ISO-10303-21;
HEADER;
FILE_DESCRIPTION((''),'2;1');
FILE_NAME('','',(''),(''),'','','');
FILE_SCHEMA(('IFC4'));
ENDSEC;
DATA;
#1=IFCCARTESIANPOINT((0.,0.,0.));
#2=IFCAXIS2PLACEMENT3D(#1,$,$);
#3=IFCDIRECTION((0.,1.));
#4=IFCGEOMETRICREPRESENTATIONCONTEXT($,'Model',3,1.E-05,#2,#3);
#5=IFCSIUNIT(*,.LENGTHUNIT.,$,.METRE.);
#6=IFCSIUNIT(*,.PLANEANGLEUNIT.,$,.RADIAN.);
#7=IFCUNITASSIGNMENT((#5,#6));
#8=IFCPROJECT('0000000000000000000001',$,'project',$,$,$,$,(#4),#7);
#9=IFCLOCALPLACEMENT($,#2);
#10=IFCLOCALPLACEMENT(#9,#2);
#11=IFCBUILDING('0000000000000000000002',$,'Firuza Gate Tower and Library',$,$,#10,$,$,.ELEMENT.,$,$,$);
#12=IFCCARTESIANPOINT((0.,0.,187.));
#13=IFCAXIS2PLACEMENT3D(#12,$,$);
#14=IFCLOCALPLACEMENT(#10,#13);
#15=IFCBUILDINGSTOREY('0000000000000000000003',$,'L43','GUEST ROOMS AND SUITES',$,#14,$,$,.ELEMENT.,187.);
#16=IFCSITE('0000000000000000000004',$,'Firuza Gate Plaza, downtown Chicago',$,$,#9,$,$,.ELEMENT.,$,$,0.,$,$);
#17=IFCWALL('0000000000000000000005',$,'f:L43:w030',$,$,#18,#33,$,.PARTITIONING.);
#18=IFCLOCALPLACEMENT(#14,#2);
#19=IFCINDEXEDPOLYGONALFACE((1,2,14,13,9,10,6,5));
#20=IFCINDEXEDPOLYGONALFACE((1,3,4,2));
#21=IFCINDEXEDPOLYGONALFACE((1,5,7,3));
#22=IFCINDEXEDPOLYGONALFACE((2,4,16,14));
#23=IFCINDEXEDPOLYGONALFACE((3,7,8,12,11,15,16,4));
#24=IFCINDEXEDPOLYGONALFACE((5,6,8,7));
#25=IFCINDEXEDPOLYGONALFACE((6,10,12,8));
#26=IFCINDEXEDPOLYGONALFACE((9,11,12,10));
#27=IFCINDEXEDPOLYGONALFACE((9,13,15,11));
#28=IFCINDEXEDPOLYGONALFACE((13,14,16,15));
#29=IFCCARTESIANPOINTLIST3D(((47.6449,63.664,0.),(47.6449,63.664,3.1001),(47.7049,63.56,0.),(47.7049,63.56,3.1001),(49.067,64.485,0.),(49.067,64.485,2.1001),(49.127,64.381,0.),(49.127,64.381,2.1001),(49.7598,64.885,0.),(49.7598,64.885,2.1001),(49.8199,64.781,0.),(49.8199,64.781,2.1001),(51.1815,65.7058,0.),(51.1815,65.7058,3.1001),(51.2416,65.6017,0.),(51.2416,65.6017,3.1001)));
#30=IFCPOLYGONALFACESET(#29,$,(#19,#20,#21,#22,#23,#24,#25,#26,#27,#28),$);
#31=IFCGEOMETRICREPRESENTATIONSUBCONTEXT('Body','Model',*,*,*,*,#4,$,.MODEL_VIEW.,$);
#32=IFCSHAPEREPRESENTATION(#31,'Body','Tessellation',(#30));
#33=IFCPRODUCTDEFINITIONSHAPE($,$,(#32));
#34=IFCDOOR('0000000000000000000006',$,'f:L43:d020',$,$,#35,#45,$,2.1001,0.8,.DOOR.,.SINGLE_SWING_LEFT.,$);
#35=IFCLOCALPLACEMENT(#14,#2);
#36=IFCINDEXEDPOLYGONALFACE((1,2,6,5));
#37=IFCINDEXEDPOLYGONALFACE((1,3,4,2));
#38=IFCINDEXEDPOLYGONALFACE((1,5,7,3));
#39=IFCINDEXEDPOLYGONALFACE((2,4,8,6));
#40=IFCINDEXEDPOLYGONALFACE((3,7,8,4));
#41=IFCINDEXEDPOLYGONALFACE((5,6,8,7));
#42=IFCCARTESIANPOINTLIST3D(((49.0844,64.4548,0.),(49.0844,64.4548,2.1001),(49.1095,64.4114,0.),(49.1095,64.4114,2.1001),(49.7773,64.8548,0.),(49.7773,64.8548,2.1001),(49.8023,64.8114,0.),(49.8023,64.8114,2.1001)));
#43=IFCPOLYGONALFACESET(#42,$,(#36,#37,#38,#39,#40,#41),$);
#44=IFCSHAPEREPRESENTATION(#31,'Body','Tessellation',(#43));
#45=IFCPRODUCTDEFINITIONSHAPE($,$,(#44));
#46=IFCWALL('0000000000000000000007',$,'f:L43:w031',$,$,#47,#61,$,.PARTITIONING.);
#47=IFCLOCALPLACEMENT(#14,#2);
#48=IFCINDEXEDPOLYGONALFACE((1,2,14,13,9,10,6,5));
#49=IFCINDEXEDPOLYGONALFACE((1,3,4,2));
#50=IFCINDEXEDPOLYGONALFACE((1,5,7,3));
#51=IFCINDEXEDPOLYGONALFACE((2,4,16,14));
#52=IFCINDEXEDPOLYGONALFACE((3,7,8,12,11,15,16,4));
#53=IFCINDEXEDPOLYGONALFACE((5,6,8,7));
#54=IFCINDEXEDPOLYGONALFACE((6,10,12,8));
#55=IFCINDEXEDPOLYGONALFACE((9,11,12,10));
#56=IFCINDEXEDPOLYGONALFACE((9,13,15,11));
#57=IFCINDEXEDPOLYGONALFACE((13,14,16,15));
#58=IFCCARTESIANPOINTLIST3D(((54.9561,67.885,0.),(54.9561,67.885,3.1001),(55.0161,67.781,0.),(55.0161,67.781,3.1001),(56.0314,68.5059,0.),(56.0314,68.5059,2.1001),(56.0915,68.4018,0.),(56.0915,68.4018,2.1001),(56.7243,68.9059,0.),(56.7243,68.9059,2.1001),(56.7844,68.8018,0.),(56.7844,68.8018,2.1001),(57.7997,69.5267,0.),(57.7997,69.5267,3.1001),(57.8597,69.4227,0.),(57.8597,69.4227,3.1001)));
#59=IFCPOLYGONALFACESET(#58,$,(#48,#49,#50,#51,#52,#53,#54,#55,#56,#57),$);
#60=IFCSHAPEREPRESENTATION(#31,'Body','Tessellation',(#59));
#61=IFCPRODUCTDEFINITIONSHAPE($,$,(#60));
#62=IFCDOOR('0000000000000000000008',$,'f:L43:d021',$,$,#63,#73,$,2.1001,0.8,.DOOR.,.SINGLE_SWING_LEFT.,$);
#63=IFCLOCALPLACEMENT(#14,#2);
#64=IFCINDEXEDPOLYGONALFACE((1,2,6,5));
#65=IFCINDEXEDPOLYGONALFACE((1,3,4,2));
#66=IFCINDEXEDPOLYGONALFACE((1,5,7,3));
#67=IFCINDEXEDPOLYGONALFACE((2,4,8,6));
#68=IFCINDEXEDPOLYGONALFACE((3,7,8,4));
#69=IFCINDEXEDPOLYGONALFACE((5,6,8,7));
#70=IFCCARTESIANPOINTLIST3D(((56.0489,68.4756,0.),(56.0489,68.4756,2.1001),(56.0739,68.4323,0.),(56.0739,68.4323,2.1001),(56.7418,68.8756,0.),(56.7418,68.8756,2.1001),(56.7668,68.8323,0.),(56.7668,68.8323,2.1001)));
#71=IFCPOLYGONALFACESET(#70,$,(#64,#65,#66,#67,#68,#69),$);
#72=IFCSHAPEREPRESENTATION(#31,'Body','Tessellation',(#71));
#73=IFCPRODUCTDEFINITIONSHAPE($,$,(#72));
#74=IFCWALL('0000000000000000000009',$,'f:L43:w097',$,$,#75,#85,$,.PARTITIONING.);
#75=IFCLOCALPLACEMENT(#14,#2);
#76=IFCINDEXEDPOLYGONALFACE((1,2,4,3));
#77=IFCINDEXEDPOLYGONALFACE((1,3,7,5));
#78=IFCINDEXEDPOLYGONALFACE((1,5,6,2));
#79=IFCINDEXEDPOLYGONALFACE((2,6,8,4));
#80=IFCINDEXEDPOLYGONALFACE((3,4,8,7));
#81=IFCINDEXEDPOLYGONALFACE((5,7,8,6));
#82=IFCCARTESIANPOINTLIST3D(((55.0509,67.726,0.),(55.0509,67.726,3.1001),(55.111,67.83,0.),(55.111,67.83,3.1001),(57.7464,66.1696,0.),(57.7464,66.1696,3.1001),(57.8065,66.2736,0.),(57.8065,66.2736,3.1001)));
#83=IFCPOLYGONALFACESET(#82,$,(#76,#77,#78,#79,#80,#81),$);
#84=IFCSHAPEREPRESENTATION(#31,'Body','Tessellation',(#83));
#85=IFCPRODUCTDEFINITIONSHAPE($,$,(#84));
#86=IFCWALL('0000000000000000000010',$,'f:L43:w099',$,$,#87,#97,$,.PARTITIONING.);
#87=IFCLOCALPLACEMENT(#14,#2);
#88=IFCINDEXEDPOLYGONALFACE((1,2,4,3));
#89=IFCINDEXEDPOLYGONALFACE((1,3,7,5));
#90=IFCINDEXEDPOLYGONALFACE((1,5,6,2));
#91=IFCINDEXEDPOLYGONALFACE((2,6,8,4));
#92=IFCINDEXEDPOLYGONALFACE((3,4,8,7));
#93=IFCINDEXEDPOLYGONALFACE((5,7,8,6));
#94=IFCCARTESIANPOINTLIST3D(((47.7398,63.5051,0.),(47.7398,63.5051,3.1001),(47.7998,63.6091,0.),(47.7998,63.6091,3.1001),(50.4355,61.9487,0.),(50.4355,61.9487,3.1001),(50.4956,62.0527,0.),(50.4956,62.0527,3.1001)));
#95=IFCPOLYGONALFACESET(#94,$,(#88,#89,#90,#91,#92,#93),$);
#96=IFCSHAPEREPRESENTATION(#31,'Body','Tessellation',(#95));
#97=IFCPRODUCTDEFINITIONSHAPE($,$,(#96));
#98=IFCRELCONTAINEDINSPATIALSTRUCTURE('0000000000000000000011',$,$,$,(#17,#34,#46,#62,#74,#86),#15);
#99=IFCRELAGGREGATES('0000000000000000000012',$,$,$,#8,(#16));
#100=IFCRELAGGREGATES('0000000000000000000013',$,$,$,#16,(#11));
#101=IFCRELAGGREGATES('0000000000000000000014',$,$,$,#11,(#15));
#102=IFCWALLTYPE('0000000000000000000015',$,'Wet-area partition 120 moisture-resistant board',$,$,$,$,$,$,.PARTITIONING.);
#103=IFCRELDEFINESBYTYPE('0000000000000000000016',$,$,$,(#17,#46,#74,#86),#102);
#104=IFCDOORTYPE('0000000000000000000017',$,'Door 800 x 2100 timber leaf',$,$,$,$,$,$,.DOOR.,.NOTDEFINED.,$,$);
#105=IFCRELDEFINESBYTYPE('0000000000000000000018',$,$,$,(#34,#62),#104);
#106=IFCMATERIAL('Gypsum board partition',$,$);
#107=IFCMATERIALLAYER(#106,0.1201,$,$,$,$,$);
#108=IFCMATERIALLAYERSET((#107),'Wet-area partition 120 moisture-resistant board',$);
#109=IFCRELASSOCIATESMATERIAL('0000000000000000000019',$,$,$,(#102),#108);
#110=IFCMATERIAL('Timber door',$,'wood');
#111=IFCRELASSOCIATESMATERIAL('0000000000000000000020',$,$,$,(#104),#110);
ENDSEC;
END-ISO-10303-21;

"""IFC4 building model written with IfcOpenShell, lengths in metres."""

from ifc_helpers import new_model, si_unit, direction, frame, frame_2d, origin, place, context, subcontext, project, spatial, rectangle, extrude, material, layer, layer_set, type_object, element, fill, save


model = new_model("IFC4")

# Units and contexts
model_context = context("Model", 3, precision=1e-05, world=origin(), true_north=direction((0.0, 1.0)))
body_context = subcontext(model_context, "Body", "Model", "MODEL_VIEW")
ifc_project = project(units=[si_unit("LENGTHUNIT", "METRE"), si_unit("PLANEANGLEUNIT", "RADIAN")], contexts=[model_context])

# Site, building, storey
site_placement = place(None, origin())
site = spatial("IfcSite", under=ifc_project, at=site_placement, Name="Firuza Gate Plaza, downtown Chicago", CompositionType="ELEMENT", RefElevation=0.0)
building_placement = place(site_placement, origin())
building = spatial("IfcBuilding", under=site, at=building_placement, Name="Firuza Gate Tower and Library", CompositionType="ELEMENT")
storey_placement = place(building_placement, frame((0.0, 0.0, 187.0)))
storey = spatial("IfcBuildingStorey", under=building, at=storey_placement, Name="L43", Description="GUEST ROOMS AND SUITES", CompositionType="ELEMENT", Elevation=187.0)

# Walls, openings, doors
ifc_material_1 = material(Name="Gypsum board partition")
ifc_layer_1 = layer(ifc_material_1, 0.1201)
ifc_layer_set_1 = layer_set([ifc_layer_1], Name="Wet-area partition 120 moisture-resistant board")
wall_type_1 = type_object("IfcWallType", Name="Wet-area partition 120 moisture-resistant board", PredefinedType="PARTITIONING", material=ifc_layer_set_1)
ifc_material_2 = material(Name="Timber door", Category="wood")
door_type = type_object("IfcDoorType", Name="Door 800 x 2100 timber leaf", OperationType="NOTDEFINED", PredefinedType="DOOR", material=ifc_material_2)
wall_1_placement = place(storey_placement, frame((51.2117, 65.6538, 0.0), z_axis=(0.0, 0.0, 1.0), x_axis=(-0.866038, -0.499978, 0.0)))
wall_1 = element("IfcWall", 1, at=wall_1_placement, inside=storey, type_object=wall_type_1, Name="f:L43:w030", PredefinedType="PARTITIONING", context=body_context, shape_type="SweptSolid", body=[
    extrude(rectangle(XDim=4.0837, YDim=0.1201, at=frame_2d((2.042, 0.0))), origin(), (0.0, 0.0, 1.0), 3.1001),
])
opening_1_placement = place(wall_1_placement, frame((1.6418, 0.0, 0.0)))
opening_1 = element("IfcOpeningElement", 2, at=opening_1_placement, cuts=wall_1, PredefinedType="OPENING", context=body_context, shape_type="SweptSolid", body=[
    extrude(rectangle(XDim=0.8, YDim=2.1001, at=frame_2d((0.3999, 1.05))), frame((0.0, 0.0701, 0.0), z_axis=(0.0, -1.0, 0.0), x_axis=(1.0, 0.0, 0.0)), (0.0, 0.0, 1.0), 0.1401),
])
door_1_placement = place(opening_1_placement, origin())
door_1 = element("IfcDoor", 3, at=door_1_placement, inside=storey, type_object=door_type, Name="f:L43:d020", OperationType="SINGLE_SWING_LEFT", OverallHeight=2.1001, OverallWidth=0.8, PredefinedType="DOOR", context=body_context, shape_type="SweptSolid", body=[
    extrude(rectangle(XDim=0.8, YDim=2.1001, at=frame_2d((0.3999, 1.05))), frame((0.0, 0.0249, 0.0), z_axis=(0.0, -1.0, 0.0), x_axis=(1.0, 0.0, 0.0)), (0.0, 0.0, 1.0), 0.05),
])
fill(opening_1, door_1)
wall_2_placement = place(storey_placement, frame((57.8296, 69.4746, 0.0), z_axis=(0.0, 0.0, 1.0), x_axis=(-0.866038, -0.499978, 0.0)))
wall_2 = element("IfcWall", 4, at=wall_2_placement, inside=storey, type_object=wall_type_1, Name="f:L43:w031", PredefinedType="PARTITIONING", context=body_context, shape_type="SweptSolid", body=[
    extrude(rectangle(XDim=3.2834, YDim=0.1201, at=frame_2d((1.6416, 0.0))), origin(), (0.0, 0.0, 1.0), 3.1001),
])
opening_2_placement = place(wall_2_placement, frame((1.2417, 0.0, 0.0)))
opening_2 = element("IfcOpeningElement", 5, at=opening_2_placement, cuts=wall_2, PredefinedType="OPENING", context=body_context, shape_type="SweptSolid", body=[
    extrude(rectangle(XDim=0.8, YDim=2.1001, at=frame_2d((0.3999, 1.05))), frame((0.0, 0.0701, 0.0), z_axis=(0.0, -1.0, 0.0), x_axis=(1.0, 0.0, 0.0)), (0.0, 0.0, 1.0), 0.1401),
])
door_2_placement = place(opening_2_placement, origin())
door_2 = element("IfcDoor", 6, at=door_2_placement, inside=storey, type_object=door_type, Name="f:L43:d021", OperationType="SINGLE_SWING_LEFT", OverallHeight=2.1001, OverallWidth=0.8, PredefinedType="DOOR", context=body_context, shape_type="SweptSolid", body=[
    extrude(rectangle(XDim=0.8, YDim=2.1001, at=frame_2d((0.3999, 1.05))), frame((0.0, 0.0249, 0.0), z_axis=(0.0, -1.0, 0.0), x_axis=(1.0, 0.0, 0.0)), (0.0, 0.0, 1.0), 0.05),
])
fill(opening_2, door_2)

# Walls
wall_3_placement = place(storey_placement, frame((57.7764, 66.2217, 0.0), z_axis=(0.0, 0.0, 1.0), x_axis=(-0.866009, 0.500028, 0.0)))
element("IfcWall", 7, at=wall_3_placement, inside=storey, type_object=wall_type_1, Name="f:L43:w097", PredefinedType="PARTITIONING", context=body_context, shape_type="SweptSolid", body=[
    extrude(rectangle(XDim=3.1125, YDim=0.1201, at=frame_2d((1.5562, 0.0))), origin(), (0.0, 0.0, 1.0), 3.1001),
])
wall_4_placement = place(storey_placement, frame((50.4656, 62.0007, 0.0), z_axis=(0.0, 0.0, 1.0), x_axis=(-0.866029, 0.499994, 0.0)))
element("IfcWall", 8, at=wall_4_placement, inside=storey, type_object=wall_type_1, Name="f:L43:w099", PredefinedType="PARTITIONING", context=body_context, shape_type="SweptSolid", body=[
    extrude(rectangle(XDim=3.1128, YDim=0.1201, at=frame_2d((1.5564, 0.0))), origin(), (0.0, 0.0, 1.0), 3.1001),
])

save(model, "model.ifc")
